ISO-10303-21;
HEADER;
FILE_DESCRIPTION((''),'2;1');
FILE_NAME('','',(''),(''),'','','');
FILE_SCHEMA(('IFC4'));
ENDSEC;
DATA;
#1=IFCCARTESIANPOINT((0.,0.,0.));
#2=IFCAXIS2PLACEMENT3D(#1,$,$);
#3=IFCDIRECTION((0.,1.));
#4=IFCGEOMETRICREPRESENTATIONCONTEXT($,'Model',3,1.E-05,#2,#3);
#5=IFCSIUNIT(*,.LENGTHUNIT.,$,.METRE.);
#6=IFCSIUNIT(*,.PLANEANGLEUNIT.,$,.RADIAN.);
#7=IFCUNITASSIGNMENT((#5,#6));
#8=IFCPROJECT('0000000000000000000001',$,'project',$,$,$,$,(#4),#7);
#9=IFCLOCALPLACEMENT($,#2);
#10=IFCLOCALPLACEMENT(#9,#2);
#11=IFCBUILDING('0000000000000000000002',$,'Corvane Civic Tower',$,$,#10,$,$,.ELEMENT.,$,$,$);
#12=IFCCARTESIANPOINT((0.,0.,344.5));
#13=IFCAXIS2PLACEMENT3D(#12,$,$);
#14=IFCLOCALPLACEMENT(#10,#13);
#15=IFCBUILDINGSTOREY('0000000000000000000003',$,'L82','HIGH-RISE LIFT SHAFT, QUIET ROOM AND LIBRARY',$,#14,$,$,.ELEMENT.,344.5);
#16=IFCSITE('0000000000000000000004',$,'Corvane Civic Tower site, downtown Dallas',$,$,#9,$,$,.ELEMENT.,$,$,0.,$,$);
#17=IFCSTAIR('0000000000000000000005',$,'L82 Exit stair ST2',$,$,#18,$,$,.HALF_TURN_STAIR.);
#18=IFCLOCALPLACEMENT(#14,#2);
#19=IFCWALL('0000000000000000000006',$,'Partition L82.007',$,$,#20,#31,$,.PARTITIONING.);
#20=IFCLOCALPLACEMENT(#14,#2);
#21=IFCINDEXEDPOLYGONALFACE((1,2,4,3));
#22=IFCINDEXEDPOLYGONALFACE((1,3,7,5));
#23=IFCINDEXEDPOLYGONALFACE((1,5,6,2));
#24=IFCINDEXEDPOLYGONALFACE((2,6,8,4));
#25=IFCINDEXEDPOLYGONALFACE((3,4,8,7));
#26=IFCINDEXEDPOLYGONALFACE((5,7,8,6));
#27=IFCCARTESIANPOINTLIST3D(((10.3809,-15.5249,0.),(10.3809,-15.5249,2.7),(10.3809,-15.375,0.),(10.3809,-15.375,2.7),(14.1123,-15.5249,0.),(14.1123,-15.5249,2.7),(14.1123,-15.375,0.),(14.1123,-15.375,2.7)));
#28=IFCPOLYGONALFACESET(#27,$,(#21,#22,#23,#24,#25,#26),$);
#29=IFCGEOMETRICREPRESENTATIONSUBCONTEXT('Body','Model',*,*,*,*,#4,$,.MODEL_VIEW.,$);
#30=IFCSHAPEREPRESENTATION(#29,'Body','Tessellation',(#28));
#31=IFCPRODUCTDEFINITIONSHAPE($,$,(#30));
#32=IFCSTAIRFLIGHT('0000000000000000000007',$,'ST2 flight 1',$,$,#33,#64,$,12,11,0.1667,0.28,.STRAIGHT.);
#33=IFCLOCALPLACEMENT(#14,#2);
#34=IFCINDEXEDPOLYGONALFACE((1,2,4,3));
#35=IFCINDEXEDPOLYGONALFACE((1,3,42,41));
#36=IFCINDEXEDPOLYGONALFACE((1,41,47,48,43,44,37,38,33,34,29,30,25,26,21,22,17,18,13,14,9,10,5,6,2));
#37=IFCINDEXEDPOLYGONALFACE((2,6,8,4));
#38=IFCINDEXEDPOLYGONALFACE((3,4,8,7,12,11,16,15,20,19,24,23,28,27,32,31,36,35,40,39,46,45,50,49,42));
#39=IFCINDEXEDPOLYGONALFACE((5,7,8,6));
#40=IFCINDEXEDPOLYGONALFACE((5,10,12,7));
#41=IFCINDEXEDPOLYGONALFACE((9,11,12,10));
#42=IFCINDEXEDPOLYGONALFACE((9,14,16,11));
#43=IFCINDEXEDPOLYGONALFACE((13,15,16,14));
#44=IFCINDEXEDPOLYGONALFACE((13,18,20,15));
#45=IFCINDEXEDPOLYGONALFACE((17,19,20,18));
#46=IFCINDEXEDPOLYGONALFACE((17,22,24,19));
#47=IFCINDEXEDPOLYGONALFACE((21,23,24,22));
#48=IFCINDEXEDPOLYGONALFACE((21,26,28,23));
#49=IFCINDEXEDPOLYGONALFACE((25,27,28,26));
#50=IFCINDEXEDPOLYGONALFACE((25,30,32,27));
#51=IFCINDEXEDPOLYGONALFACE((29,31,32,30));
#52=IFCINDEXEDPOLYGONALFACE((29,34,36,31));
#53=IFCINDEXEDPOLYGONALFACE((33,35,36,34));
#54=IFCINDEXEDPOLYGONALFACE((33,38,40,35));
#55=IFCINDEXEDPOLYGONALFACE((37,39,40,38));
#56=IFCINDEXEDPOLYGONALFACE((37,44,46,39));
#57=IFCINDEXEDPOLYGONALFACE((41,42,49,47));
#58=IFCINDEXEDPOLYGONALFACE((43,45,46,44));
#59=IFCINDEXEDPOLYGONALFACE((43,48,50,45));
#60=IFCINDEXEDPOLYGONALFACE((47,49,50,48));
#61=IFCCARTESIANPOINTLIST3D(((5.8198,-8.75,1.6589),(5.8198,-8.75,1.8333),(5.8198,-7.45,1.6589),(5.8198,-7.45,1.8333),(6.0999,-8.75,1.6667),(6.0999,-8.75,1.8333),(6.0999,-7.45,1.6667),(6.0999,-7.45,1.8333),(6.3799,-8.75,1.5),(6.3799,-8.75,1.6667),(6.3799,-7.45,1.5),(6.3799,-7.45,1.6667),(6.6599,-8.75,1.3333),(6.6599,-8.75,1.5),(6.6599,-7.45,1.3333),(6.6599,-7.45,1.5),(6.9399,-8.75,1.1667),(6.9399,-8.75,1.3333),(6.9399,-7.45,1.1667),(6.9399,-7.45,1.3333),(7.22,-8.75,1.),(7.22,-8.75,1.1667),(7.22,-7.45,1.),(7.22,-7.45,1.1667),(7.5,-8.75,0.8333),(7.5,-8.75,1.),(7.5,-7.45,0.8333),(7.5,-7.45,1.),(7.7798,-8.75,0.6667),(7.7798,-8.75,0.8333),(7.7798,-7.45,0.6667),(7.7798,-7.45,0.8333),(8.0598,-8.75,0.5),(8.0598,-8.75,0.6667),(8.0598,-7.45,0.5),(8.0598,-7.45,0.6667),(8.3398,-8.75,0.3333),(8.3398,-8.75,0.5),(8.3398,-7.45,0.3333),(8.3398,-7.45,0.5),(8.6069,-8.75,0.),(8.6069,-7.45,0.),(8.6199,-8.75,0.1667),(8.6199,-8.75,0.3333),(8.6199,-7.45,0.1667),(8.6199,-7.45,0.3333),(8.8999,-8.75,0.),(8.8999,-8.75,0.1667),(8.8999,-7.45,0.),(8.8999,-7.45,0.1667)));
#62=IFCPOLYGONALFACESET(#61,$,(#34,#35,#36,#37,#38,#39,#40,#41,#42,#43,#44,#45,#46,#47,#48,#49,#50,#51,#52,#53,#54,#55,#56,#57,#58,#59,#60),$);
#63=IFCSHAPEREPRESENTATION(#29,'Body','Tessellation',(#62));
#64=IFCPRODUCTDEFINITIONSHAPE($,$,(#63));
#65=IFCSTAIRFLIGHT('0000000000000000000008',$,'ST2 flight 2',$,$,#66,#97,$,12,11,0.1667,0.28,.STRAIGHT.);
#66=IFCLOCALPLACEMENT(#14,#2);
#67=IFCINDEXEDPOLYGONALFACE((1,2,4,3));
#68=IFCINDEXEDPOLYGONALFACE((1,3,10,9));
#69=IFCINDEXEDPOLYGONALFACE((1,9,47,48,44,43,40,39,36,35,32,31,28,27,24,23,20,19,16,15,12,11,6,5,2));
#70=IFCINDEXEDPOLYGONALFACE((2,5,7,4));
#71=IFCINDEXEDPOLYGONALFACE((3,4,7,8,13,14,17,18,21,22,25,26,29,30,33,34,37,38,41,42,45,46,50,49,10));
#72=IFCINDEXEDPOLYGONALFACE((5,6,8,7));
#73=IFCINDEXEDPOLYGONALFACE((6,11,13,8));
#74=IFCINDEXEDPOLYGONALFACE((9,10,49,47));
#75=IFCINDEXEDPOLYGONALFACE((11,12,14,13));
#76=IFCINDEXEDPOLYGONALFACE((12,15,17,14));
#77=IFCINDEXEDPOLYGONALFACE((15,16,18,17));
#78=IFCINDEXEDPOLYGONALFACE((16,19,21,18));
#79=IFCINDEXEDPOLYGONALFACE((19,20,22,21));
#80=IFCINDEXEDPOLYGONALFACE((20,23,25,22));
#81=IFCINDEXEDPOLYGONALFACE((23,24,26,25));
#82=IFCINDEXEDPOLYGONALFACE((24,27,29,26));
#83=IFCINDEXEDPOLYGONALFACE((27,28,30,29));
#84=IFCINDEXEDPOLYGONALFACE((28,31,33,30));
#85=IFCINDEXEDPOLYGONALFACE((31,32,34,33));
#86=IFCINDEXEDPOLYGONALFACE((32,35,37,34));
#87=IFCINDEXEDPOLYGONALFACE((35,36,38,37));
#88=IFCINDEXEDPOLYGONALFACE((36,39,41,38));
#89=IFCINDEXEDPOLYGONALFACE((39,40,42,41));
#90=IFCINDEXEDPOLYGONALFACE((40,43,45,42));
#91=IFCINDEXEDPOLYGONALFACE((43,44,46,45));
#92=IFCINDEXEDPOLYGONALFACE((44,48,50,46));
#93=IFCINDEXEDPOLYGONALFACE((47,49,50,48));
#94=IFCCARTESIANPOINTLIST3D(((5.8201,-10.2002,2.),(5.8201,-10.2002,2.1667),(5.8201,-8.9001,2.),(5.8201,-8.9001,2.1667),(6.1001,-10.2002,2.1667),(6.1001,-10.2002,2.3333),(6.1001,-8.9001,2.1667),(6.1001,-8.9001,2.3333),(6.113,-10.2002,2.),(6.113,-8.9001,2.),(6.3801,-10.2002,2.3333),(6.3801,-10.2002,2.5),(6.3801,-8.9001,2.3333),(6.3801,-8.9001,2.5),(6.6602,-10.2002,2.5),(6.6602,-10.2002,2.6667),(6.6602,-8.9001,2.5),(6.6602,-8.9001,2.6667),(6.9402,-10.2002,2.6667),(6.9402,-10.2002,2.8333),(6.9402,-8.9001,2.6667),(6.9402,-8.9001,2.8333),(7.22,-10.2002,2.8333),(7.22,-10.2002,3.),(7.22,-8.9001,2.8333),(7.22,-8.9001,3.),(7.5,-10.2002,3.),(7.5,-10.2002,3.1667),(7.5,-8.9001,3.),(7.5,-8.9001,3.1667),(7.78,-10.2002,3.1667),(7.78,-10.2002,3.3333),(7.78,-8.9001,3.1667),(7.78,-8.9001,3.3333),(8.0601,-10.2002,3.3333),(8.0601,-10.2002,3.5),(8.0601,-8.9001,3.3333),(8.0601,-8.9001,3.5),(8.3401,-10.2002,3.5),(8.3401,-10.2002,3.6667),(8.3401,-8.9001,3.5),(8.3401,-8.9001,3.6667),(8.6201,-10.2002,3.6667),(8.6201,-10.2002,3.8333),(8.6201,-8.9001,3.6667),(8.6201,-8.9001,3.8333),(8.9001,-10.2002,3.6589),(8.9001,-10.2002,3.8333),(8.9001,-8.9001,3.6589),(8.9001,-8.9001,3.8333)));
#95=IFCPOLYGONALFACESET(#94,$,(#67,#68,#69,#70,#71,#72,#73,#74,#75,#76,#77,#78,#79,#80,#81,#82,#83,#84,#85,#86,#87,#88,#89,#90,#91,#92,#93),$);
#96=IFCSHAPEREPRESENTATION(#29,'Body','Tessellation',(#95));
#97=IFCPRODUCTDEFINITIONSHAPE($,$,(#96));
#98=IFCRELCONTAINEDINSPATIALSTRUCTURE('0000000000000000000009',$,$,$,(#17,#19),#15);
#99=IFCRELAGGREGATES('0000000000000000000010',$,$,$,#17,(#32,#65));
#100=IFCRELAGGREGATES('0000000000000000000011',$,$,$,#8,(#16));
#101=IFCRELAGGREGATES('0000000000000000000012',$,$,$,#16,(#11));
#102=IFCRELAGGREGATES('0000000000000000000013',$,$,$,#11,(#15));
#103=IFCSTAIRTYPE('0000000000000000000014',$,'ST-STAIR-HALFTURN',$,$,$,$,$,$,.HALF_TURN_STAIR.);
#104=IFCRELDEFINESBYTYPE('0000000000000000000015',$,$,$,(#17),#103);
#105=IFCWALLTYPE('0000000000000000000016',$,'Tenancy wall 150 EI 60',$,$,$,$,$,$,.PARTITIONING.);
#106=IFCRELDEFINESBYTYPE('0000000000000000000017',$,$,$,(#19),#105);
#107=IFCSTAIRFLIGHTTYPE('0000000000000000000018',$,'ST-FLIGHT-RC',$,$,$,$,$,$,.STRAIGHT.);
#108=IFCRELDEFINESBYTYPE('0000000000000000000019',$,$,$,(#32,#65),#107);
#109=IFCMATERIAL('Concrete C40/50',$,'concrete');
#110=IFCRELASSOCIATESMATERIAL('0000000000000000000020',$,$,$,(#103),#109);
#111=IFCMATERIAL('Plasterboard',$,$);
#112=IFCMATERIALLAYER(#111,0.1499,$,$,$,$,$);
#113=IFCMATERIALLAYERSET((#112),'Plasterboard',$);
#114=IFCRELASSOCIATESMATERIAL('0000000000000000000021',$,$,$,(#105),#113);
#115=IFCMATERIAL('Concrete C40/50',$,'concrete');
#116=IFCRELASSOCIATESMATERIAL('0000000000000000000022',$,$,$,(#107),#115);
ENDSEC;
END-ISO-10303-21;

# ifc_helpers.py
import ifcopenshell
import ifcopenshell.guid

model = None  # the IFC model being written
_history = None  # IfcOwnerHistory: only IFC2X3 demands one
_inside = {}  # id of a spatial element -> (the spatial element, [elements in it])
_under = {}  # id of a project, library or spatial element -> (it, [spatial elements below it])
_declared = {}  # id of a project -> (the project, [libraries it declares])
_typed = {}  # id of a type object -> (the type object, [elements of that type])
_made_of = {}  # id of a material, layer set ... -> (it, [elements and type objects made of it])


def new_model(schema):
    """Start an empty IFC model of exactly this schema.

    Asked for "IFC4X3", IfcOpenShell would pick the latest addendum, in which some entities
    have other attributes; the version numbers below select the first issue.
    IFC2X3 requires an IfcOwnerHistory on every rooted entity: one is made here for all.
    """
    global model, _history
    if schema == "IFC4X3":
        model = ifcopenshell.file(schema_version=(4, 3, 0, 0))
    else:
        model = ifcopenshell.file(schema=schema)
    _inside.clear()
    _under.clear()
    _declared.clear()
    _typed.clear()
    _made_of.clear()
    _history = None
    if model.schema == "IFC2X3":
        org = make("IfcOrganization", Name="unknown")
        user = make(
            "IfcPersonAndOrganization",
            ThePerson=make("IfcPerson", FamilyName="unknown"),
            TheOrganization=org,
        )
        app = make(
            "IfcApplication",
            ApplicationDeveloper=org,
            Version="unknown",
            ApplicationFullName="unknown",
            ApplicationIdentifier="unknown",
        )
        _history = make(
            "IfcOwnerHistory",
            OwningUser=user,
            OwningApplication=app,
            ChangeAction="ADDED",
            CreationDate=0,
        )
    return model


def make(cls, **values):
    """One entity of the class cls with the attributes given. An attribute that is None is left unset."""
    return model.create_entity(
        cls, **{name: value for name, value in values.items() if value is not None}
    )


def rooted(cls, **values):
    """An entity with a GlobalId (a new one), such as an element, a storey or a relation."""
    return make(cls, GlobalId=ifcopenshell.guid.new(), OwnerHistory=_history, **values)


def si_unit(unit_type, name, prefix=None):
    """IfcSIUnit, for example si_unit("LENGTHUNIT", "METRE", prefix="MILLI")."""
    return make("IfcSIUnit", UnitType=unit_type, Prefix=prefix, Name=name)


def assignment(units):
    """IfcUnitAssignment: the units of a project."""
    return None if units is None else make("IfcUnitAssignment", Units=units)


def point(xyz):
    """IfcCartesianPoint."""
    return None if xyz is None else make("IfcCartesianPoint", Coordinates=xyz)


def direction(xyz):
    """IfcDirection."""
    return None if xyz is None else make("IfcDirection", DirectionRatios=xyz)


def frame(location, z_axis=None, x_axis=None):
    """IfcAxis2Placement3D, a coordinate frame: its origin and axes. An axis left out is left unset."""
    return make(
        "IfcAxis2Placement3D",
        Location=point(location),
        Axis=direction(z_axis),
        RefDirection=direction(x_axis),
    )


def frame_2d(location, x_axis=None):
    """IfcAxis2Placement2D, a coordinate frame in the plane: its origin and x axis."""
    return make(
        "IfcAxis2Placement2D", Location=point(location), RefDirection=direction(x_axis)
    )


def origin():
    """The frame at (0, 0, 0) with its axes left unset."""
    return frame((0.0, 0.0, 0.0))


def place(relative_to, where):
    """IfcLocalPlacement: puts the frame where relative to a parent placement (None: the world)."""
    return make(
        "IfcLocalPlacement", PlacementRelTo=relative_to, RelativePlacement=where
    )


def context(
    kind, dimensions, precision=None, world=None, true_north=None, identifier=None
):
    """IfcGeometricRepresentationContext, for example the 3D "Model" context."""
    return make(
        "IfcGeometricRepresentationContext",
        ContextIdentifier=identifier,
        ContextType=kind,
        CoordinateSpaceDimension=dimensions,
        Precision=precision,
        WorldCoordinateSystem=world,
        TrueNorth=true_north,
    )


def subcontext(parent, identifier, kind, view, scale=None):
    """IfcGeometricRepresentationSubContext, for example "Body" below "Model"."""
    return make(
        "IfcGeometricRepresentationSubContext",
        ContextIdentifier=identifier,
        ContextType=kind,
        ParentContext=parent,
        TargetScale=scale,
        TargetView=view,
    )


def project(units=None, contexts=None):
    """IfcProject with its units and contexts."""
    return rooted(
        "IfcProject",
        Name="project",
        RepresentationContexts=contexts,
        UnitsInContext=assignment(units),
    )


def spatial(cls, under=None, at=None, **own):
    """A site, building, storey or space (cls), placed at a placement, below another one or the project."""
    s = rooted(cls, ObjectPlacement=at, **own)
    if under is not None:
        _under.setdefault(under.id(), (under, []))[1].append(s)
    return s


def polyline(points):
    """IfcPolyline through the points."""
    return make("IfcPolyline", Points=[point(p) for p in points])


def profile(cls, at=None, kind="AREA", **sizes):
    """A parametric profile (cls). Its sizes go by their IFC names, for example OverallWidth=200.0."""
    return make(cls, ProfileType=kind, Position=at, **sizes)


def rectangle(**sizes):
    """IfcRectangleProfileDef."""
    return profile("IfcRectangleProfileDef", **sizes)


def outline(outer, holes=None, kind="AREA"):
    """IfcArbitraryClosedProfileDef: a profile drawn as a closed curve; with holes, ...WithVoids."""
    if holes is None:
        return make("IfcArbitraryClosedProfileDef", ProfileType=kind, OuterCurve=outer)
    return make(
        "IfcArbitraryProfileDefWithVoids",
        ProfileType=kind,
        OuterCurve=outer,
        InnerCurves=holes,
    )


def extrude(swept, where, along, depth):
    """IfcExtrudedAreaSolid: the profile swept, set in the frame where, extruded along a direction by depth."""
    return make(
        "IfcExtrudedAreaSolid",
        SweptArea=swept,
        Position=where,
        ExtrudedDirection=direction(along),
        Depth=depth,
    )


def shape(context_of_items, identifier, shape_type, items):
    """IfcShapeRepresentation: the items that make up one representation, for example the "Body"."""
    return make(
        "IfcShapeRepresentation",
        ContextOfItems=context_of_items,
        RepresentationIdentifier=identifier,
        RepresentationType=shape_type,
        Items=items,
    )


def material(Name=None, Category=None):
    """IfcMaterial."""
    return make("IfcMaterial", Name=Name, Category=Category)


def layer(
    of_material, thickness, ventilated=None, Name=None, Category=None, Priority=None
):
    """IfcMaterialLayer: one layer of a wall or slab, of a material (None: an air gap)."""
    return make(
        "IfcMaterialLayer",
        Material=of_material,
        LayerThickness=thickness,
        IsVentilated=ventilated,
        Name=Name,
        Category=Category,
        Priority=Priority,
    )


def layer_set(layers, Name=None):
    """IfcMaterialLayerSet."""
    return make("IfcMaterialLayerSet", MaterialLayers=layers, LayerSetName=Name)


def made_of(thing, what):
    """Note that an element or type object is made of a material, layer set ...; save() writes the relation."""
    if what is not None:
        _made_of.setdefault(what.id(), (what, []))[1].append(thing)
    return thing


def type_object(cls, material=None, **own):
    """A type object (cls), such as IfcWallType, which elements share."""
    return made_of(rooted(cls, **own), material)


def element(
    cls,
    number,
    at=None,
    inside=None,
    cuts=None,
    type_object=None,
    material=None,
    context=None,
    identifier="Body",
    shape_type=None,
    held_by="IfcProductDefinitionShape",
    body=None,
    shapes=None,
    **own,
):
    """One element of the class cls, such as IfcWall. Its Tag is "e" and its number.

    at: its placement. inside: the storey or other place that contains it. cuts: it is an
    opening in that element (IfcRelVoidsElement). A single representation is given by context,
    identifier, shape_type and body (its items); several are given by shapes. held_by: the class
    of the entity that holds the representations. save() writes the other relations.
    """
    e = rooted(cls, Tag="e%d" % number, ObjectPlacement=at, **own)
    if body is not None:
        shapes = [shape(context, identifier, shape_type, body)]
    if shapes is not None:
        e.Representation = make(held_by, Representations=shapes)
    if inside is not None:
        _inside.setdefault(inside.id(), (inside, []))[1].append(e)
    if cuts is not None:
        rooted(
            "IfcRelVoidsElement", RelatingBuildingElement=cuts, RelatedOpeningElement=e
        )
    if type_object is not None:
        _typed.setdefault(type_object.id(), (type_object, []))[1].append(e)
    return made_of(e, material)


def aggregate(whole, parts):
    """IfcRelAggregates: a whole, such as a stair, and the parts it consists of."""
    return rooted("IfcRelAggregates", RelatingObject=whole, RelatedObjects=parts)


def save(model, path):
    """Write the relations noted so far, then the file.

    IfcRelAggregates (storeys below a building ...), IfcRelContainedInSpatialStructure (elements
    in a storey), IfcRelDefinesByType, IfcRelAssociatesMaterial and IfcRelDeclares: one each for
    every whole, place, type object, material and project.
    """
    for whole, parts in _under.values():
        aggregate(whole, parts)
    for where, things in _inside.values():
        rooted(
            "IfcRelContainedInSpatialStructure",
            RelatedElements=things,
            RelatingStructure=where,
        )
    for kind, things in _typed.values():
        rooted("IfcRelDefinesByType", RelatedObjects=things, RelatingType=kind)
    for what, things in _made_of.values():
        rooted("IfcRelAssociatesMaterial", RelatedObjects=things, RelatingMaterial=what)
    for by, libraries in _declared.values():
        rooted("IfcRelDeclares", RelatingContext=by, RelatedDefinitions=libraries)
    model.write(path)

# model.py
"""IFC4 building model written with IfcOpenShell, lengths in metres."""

from ifc_helpers import new_model, si_unit, direction, frame, frame_2d, origin, place, context, subcontext, project, spatial, polyline, rectangle, outline, extrude, material, layer, layer_set, type_object, element, aggregate, save


model = new_model("IFC4")

# Units and contexts
model_context = context("Model", 3, precision=1e-05, world=origin(), true_north=direction((0.0, 1.0)))
body_context = subcontext(model_context, "Body", "Model", "MODEL_VIEW")
ifc_project = project(units=[si_unit("LENGTHUNIT", "METRE"), si_unit("PLANEANGLEUNIT", "RADIAN")], contexts=[model_context])

# Site, building, storey
site_placement = place(None, origin())
site = spatial("IfcSite", under=ifc_project, at=site_placement, Name="Corvane Civic Tower site, downtown Dallas", CompositionType="ELEMENT", RefElevation=0.0)
building_placement = place(site_placement, origin())
building = spatial("IfcBuilding", under=site, at=building_placement, Name="Corvane Civic Tower", CompositionType="ELEMENT")
storey_placement = place(building_placement, frame((0.0, 0.0, 344.5)))
storey = spatial("IfcBuildingStorey", under=building, at=storey_placement, Name="L82", Description="HIGH-RISE LIFT SHAFT, QUIET ROOM AND LIBRARY", CompositionType="ELEMENT", Elevation=344.5)

# Stair
ifc_material_1 = material(Name="Concrete C40/50", Category="concrete")
stair_type = type_object("IfcStairType", Name="ST-STAIR-HALFTURN", PredefinedType="HALF_TURN_STAIR", material=ifc_material_1)
stair_1_placement = place(storey_placement, origin())
stair_1 = element("IfcStair", 1, at=stair_1_placement, inside=storey, type_object=stair_type, Name="L82 Exit stair ST2", PredefinedType="HALF_TURN_STAIR")

# Wall
ifc_material_2 = material(Name="Plasterboard")
ifc_layer_1 = layer(ifc_material_2, 0.1499)
ifc_layer_set_1 = layer_set([ifc_layer_1], Name="Plasterboard")
wall_type_1 = type_object("IfcWallType", Name="Tenancy wall 150 EI 60", PredefinedType="PARTITIONING", material=ifc_layer_set_1)
wall_1_placement = place(storey_placement, frame((10.3809, -15.45, 0.0), z_axis=(0.0, 0.0, 1.0), x_axis=(1.0, 0.0, 0.0)))
element("IfcWall", 2, at=wall_1_placement, inside=storey, type_object=wall_type_1, Name="Partition L82.007", PredefinedType="PARTITIONING", context=body_context, shape_type="SweptSolid", body=[
    extrude(rectangle(XDim=3.7314, YDim=0.1499, at=frame_2d((1.8657, 0.0))), origin(), (0.0, 0.0, 1.0), 2.7),
])

# Stair flights
ifc_material_3 = material(Name="Concrete C40/50", Category="concrete")
stair_flight_type = type_object("IfcStairFlightType", Name="ST-FLIGHT-RC", PredefinedType="STRAIGHT", material=ifc_material_3)
stair_flight_1_placement = place(storey_placement, frame((8.8999, -8.1001, 0.0), z_axis=(0.0, 0.0, 1.0), x_axis=(-1.0, 0.0, 0.0)))
stair_flight_1 = element("IfcStairFlight", 3, at=stair_flight_1_placement, type_object=stair_flight_type, Name="ST2 flight 1", NumberOfRisers=12, NumberOfTreads=11, PredefinedType="STRAIGHT", RiserHeight=0.1667, TreadLength=0.28, context=body_context, shape_type="SweptSolid", body=[
    extrude(outline(polyline([(0.0, 0.0), (0.0, 0.1667), (0.28, 0.1667), (0.28, 0.3333), (0.5601, 0.3333), (0.5601, 0.5), (0.8401, 0.5), (0.8401, 0.6667), (1.1201, 0.6667), (1.1201, 0.8333), (1.3999, 0.8333), (1.3999, 1.0), (1.6799, 1.0), (1.6799, 1.1667), (1.96, 1.1667), (1.96, 1.3333), (2.24, 1.3333), (2.24, 1.5), (2.52, 1.5), (2.52, 1.6667), (2.8, 1.6667), (2.8, 1.8333), (3.0801, 1.8333), (3.0801, 2.0), (3.0801, 1.6589), (0.293, 0.0), (0.0, 0.0)])), frame((0.0, 0.6499, 0.0), z_axis=(0.0, -1.0, 0.0), x_axis=(1.0, 0.0, 0.0)), (0.0, 0.0, 1.0), 1.3),
])
stair_flight_2_placement = place(storey_placement, frame((5.8201, -9.55, 2.0), z_axis=(0.0, 0.0, 1.0), x_axis=(1.0, 0.0, 0.0)))
stair_flight_2 = element("IfcStairFlight", 4, at=stair_flight_2_placement, type_object=stair_flight_type, Name="ST2 flight 2", NumberOfRisers=12, NumberOfTreads=11, PredefinedType="STRAIGHT", RiserHeight=0.1667, TreadLength=0.28, context=body_context, shape_type="SweptSolid", body=[
    extrude(outline(polyline([(0.0, 0.0), (0.0, 0.1667), (0.28, 0.1667), (0.28, 0.3333), (0.5601, 0.3333), (0.5601, 0.5), (0.8401, 0.5), (0.8401, 0.6667), (1.1201, 0.6667), (1.1201, 0.8333), (1.3999, 0.8333), (1.3999, 1.0), (1.6799, 1.0), (1.6799, 1.1667), (1.96, 1.1667), (1.96, 1.3333), (2.24, 1.3333), (2.24, 1.5), (2.52, 1.5), (2.52, 1.6667), (2.8, 1.6667), (2.8, 1.8333), (3.0801, 1.8333), (3.0801, 2.0), (3.0801, 1.6589), (0.293, 0.0), (0.0, 0.0)])), frame((0.0, 0.6499, 0.0), z_axis=(0.0, -1.0, 0.0), x_axis=(1.0, 0.0, 0.0)), (0.0, 0.0, 1.0), 1.3),
])
aggregate(stair_1, [stair_flight_1, stair_flight_2])

save(model, "model.ifc")
